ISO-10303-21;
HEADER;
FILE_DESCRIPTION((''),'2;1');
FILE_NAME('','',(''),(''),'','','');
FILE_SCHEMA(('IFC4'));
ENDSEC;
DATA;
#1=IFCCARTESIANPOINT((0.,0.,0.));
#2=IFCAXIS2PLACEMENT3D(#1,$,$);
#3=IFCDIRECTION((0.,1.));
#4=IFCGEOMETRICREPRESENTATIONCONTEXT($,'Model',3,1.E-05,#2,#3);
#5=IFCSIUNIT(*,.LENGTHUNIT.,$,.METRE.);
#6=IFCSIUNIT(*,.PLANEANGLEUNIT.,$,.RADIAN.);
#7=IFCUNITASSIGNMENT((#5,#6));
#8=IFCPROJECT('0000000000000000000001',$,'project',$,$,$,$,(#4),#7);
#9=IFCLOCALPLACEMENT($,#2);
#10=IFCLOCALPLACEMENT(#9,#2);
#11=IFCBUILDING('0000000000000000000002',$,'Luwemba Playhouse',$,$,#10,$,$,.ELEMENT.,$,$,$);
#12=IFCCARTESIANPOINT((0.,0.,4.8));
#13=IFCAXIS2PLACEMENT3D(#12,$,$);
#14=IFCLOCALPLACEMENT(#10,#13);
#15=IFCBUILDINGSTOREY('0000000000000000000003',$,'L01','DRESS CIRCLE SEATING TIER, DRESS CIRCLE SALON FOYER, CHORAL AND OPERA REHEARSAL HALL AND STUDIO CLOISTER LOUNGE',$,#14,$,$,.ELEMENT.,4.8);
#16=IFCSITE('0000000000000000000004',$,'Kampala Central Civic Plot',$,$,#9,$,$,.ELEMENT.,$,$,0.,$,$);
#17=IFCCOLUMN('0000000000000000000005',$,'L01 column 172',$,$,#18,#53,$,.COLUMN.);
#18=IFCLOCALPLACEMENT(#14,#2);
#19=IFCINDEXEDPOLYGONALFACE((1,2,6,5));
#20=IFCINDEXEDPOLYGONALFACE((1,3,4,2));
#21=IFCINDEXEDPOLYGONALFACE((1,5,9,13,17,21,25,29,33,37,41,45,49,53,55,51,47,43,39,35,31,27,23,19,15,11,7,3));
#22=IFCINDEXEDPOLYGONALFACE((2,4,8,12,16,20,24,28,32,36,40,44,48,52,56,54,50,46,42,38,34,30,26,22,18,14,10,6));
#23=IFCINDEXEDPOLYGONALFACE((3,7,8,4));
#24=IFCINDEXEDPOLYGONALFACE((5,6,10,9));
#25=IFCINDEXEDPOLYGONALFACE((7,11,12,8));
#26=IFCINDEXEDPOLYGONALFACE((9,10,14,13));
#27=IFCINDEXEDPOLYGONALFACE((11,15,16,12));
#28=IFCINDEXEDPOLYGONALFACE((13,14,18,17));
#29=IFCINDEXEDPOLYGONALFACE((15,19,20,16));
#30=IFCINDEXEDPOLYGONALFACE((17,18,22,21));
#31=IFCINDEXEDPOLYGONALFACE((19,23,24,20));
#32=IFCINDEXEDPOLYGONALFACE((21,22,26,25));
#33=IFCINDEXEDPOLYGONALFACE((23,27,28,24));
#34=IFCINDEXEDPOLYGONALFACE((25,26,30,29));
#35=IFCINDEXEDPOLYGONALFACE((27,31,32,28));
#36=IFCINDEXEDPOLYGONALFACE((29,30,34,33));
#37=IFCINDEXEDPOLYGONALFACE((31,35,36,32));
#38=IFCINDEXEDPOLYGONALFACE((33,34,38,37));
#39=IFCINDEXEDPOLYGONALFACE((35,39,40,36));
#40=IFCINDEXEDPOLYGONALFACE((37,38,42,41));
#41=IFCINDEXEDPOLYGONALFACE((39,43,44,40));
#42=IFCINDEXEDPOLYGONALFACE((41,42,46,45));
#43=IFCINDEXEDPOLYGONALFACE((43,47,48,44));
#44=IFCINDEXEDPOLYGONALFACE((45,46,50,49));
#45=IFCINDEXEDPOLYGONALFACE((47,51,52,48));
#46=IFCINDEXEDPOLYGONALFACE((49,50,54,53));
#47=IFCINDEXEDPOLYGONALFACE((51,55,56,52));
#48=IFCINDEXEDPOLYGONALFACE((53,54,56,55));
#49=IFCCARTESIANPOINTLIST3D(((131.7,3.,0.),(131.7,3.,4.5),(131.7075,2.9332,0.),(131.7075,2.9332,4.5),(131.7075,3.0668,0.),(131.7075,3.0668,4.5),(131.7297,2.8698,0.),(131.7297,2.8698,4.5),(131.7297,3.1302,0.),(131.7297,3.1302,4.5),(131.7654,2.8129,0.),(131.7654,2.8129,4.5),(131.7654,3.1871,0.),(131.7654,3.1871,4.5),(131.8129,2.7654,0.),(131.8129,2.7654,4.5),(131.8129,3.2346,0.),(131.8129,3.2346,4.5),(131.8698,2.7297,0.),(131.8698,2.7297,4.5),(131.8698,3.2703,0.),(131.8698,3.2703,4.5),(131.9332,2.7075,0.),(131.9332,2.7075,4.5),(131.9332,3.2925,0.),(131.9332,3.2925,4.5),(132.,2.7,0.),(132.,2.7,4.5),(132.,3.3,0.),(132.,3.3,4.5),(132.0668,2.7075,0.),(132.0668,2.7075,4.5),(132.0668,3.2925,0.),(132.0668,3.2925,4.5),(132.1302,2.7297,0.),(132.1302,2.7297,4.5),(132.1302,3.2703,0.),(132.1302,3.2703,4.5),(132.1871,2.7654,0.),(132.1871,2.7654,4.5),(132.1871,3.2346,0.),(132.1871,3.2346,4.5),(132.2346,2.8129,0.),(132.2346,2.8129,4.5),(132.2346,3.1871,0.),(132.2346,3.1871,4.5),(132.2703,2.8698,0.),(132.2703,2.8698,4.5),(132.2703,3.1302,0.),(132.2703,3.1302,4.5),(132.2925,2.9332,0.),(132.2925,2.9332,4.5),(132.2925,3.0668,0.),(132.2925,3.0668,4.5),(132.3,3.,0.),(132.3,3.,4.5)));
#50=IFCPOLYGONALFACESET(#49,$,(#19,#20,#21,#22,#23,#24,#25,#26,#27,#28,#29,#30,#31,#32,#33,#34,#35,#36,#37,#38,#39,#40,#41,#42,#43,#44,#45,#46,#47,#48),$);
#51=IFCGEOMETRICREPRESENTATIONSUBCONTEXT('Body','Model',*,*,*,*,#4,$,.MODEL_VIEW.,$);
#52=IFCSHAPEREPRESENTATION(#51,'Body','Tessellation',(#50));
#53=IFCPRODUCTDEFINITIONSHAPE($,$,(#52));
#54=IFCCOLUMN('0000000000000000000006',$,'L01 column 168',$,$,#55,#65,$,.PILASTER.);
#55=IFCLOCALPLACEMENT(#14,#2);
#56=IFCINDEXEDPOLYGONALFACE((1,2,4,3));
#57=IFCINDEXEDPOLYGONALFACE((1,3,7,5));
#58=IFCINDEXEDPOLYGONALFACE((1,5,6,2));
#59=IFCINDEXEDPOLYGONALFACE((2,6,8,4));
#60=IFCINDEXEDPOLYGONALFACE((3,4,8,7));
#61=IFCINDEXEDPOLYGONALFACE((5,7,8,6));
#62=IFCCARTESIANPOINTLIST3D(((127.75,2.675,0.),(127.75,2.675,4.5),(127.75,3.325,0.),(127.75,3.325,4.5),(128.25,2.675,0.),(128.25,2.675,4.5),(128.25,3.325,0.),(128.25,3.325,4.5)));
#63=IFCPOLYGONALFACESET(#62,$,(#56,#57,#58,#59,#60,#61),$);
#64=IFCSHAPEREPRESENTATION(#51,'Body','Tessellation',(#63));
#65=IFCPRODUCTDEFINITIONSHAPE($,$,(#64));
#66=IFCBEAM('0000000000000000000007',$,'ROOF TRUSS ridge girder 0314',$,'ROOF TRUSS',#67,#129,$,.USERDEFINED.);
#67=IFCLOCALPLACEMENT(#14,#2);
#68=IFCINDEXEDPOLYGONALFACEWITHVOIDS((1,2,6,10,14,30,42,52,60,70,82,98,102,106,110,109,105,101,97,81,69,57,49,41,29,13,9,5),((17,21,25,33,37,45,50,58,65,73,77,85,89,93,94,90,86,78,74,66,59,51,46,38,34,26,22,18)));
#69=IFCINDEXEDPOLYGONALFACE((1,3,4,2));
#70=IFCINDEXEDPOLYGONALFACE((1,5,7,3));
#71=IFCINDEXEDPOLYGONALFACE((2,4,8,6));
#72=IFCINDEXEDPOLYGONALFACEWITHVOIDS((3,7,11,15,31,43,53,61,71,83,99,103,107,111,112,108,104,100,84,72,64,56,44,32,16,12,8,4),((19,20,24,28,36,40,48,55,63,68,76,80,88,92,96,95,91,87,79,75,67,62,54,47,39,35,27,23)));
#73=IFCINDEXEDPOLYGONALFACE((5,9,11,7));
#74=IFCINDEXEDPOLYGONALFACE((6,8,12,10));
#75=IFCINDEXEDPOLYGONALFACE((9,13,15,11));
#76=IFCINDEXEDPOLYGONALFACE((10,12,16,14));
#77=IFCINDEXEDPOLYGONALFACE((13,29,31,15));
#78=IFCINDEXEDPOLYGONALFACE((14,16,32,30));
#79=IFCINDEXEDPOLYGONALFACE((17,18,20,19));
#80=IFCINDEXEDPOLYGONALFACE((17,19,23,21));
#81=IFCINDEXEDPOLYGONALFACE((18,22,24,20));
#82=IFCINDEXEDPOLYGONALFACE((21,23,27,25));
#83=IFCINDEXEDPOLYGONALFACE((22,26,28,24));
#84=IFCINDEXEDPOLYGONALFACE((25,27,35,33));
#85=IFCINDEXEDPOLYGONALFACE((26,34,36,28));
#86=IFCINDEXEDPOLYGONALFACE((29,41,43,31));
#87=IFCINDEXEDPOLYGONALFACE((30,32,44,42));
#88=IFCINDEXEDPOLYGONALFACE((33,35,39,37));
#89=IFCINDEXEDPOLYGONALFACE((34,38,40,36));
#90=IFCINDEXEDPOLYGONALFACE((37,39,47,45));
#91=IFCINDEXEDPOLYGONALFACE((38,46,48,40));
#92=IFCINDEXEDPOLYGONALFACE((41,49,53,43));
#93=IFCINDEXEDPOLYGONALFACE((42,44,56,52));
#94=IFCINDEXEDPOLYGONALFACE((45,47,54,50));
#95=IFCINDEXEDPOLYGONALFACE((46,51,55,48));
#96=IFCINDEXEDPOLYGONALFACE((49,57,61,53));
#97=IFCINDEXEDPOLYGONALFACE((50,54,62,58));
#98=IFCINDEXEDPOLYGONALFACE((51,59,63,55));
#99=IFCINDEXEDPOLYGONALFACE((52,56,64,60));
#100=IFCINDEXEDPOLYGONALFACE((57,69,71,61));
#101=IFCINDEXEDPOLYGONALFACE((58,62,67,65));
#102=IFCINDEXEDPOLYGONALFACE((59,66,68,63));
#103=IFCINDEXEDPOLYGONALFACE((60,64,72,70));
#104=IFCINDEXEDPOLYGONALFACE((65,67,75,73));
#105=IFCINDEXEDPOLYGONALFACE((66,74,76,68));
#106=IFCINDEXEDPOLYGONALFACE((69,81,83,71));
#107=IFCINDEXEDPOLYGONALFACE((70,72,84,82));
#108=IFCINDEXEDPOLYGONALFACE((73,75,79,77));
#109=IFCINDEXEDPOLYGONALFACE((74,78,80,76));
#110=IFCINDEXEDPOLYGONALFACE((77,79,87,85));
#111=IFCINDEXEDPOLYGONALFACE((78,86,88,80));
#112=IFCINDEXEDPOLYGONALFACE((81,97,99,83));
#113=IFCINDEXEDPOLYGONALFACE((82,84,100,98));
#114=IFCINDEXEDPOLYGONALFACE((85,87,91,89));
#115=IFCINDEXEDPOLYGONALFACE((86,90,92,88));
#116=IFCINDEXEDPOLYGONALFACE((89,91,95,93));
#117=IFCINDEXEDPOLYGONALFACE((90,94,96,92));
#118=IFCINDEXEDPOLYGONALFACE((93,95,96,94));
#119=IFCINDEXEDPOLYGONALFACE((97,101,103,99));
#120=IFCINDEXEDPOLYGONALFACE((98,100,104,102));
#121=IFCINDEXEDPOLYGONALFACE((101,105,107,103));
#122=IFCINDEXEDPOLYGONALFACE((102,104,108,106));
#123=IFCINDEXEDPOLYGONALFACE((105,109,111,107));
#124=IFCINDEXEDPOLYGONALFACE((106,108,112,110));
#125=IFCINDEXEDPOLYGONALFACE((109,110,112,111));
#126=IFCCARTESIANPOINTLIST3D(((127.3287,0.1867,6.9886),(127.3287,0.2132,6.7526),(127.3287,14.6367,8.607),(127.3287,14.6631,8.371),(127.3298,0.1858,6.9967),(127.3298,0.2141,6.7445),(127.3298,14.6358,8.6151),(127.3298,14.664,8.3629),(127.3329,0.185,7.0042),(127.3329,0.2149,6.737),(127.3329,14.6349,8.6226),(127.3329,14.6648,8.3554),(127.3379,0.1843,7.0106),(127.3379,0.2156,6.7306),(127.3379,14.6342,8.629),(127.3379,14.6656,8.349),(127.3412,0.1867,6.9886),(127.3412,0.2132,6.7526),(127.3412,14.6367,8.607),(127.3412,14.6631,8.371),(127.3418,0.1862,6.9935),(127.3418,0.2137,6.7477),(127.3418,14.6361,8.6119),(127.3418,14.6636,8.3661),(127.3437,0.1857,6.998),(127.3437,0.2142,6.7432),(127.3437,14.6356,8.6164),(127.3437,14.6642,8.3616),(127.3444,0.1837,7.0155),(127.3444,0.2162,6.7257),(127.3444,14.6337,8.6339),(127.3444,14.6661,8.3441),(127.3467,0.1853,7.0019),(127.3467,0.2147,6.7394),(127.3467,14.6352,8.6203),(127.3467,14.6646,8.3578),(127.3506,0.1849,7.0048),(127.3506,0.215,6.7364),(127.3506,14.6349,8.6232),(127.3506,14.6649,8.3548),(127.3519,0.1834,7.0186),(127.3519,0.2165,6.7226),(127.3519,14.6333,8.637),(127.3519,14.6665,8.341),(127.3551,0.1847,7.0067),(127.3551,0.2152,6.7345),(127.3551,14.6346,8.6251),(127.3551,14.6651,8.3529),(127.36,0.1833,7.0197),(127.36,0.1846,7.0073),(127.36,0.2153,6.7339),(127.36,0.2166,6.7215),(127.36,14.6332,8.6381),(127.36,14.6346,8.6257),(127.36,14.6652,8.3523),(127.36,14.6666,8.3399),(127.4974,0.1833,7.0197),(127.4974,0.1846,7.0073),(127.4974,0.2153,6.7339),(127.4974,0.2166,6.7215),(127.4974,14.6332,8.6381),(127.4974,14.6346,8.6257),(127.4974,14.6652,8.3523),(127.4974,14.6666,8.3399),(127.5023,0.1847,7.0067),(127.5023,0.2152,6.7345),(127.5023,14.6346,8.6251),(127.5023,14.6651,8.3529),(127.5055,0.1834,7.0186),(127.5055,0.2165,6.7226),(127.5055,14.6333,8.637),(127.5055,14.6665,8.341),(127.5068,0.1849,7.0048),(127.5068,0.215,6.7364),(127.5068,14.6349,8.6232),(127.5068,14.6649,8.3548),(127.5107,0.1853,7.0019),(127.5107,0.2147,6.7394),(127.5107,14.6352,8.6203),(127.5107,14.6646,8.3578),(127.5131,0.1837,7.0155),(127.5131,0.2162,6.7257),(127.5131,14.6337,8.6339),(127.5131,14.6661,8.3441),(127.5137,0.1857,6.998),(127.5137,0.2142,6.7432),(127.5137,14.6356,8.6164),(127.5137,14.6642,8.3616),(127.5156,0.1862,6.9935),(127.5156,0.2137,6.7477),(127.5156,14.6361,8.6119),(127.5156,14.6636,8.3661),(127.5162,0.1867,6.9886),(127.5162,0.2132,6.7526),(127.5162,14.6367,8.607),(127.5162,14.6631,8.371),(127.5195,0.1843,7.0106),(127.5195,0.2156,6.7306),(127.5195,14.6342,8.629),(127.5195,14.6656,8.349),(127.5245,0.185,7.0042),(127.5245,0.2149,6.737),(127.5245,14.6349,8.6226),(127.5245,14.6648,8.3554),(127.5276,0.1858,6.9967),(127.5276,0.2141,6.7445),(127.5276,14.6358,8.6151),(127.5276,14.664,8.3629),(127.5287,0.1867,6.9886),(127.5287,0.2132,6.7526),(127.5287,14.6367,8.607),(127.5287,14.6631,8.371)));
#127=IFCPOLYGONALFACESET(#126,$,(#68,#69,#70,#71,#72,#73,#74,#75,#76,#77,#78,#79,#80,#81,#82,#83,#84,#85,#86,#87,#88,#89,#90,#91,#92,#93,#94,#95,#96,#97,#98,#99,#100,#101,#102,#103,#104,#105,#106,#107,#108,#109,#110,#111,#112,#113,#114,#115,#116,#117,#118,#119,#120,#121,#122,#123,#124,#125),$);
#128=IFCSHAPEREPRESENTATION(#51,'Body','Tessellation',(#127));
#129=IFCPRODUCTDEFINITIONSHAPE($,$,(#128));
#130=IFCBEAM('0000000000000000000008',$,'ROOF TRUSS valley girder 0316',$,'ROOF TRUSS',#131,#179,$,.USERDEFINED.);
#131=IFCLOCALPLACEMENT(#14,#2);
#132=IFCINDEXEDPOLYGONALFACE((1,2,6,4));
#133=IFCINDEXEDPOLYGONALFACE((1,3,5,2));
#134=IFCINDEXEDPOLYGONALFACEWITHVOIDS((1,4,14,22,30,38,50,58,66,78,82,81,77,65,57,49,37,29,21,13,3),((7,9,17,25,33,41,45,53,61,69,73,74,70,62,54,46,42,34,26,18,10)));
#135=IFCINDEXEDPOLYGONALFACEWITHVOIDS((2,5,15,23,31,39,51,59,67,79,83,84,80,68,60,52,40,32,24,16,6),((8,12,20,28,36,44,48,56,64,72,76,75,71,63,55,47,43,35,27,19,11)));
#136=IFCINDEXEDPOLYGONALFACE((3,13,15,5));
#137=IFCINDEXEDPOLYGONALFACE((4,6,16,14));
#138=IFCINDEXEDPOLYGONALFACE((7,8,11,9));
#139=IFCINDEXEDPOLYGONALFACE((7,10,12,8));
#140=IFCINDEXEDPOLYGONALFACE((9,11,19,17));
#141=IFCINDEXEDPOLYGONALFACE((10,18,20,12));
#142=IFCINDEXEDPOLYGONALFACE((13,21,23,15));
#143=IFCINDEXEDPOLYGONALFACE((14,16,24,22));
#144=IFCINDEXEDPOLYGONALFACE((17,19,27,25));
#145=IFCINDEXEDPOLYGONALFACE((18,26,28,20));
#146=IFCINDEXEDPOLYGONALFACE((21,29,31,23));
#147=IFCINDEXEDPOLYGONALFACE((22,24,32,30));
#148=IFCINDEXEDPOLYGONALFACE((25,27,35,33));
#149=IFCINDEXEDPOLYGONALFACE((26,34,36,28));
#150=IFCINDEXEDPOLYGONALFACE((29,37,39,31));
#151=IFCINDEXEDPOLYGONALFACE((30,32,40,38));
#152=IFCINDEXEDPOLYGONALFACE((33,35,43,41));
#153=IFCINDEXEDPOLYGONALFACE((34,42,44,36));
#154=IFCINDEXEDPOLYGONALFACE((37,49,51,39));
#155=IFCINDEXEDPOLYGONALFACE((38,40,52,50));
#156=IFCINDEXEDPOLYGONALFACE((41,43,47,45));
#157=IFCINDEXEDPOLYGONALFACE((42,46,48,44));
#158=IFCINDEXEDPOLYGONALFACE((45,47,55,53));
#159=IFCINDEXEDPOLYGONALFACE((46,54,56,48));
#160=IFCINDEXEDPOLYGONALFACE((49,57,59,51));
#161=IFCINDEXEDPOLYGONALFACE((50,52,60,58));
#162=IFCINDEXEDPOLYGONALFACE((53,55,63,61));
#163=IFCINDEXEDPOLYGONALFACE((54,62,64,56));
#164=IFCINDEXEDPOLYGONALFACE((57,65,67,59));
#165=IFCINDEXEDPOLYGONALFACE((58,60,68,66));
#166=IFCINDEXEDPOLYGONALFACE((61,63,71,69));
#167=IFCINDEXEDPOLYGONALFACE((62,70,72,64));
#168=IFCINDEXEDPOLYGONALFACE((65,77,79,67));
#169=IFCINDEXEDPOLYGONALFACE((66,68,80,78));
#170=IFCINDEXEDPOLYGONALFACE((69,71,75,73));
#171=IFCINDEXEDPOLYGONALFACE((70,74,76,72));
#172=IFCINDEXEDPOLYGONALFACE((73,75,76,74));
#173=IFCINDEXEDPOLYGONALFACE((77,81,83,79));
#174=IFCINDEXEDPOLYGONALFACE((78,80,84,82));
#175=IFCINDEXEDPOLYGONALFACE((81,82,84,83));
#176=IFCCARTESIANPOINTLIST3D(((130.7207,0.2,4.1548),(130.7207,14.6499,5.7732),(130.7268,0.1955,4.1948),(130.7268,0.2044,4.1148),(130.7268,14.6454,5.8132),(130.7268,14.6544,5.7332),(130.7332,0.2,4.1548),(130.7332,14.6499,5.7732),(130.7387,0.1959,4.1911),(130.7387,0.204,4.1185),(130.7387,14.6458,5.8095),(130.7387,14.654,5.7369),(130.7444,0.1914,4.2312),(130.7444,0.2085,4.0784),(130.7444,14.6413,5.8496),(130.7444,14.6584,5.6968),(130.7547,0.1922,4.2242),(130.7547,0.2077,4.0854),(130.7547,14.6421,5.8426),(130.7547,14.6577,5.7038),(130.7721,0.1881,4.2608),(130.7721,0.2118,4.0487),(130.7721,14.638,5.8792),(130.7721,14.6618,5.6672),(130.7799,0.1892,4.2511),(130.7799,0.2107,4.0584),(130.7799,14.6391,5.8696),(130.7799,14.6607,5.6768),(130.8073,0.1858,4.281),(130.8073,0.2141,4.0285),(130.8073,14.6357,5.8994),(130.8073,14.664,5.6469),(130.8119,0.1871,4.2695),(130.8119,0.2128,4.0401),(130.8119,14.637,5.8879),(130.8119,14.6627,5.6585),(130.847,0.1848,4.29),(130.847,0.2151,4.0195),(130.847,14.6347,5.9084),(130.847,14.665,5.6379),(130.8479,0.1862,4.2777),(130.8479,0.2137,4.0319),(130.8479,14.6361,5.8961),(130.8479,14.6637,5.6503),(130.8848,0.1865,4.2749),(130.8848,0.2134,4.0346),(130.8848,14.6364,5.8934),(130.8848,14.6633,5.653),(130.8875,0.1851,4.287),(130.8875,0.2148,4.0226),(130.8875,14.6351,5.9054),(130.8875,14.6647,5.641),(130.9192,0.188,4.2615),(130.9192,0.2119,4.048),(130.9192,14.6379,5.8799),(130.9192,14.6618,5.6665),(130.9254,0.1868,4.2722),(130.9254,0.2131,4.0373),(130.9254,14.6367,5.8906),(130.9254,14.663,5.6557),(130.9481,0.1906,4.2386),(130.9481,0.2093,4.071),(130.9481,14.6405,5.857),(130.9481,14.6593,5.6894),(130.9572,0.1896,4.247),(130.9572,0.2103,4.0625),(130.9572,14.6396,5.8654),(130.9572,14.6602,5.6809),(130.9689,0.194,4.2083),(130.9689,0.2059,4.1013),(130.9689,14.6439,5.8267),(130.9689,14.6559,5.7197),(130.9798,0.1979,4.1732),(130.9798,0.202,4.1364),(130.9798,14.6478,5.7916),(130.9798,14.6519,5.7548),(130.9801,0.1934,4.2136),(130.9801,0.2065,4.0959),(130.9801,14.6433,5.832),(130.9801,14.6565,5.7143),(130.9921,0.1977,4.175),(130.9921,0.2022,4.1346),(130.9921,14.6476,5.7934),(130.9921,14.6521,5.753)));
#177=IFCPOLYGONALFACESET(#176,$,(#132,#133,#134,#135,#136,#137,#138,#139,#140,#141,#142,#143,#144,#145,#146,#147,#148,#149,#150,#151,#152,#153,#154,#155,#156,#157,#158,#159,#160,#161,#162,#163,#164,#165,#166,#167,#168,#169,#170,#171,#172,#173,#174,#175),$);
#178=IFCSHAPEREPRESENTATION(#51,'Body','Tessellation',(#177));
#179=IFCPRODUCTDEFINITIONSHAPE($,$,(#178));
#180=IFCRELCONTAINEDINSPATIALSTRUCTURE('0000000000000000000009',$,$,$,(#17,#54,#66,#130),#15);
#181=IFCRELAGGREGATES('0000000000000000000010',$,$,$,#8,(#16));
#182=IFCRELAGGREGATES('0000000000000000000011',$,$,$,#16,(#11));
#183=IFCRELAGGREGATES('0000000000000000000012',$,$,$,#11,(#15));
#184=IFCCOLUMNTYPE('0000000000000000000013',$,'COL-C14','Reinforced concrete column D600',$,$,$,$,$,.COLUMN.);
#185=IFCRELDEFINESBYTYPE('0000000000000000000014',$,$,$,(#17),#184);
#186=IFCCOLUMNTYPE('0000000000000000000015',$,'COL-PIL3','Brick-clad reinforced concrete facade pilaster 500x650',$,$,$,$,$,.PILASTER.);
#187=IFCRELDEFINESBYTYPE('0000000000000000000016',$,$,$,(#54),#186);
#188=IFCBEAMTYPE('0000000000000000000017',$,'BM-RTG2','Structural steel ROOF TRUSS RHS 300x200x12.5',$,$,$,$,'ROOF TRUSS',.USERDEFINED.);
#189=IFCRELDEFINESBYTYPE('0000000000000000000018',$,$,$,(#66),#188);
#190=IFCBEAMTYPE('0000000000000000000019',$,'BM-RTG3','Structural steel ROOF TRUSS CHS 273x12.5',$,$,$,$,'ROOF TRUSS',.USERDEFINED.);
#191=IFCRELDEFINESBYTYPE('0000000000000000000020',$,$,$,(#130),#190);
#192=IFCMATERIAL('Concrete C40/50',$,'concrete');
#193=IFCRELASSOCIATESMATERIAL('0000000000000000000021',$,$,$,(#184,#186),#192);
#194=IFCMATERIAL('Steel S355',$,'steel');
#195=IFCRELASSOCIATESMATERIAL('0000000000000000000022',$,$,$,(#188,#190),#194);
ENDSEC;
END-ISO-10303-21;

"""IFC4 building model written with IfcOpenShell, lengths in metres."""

from ifc_helpers import new_model, si_unit, direction, frame, origin, origin_2d, place, context, subcontext, project, spatial, rectangle, hollow_rectangle, circle, hollow_circle, extrude, material, material_profile, profile_set, type_object, element, save


model = new_model("IFC4")

# Units and contexts
model_context = context("Model", 3, precision=1e-05, world=origin(), true_north=direction((0.0, 1.0)))
body_context = subcontext(model_context, "Body", "Model", "MODEL_VIEW")
ifc_project = project(units=[si_unit("LENGTHUNIT", "METRE"), si_unit("PLANEANGLEUNIT", "RADIAN")], contexts=[model_context])

# Site, building, storey
site_placement = place(None, origin())
site = spatial("IfcSite", under=ifc_project, at=site_placement, Name="Kampala Central Civic Plot", CompositionType="ELEMENT", RefElevation=0.0)
building_placement = place(site_placement, origin())
building = spatial("IfcBuilding", under=site, at=building_placement, Name="Luwemba Playhouse", CompositionType="ELEMENT")
storey_placement = place(building_placement, frame((0.0, 0.0, 4.8)))
storey = spatial("IfcBuildingStorey", under=building, at=storey_placement, Name="L01", Description="DRESS CIRCLE SEATING TIER, DRESS CIRCLE SALON FOYER, CHORAL AND OPERA REHEARSAL HALL AND STUDIO CLOISTER LOUNGE", CompositionType="ELEMENT", Elevation=4.8)

# Columns
ifc_material_1 = material(Name="Concrete C40/50", Category="concrete")
ifc_material_profile_1 = material_profile(ifc_material_1, circle(Radius=0.3, at=origin_2d()))
ifc_profile_set_1 = profile_set([ifc_material_profile_1], Name="Concrete C40/50")
column_type_1 = type_object("IfcColumnType", Name="COL-C14", Description="Reinforced concrete column D600", PredefinedType="COLUMN", material=ifc_profile_set_1)
column_1_placement = place(storey_placement, frame((132.0, 3.0, 0.0), z_axis=(0.0, 0.0, 1.0), x_axis=(1.0, 0.0, 0.0)))
element("IfcColumn", 1, at=column_1_placement, inside=storey, type_object=column_type_1, Name="L01 column 172", PredefinedType="COLUMN", context=body_context, shape_type="SweptSolid", body=[
    extrude(circle(Radius=0.3, at=origin_2d()), origin(), (0.0, 0.0, 1.0), 4.5),
])
ifc_material_profile_2 = material_profile(ifc_material_1, rectangle(XDim=0.5, YDim=0.6499, at=origin_2d()))
ifc_profile_set_2 = profile_set([ifc_material_profile_2], Name="Concrete C40/50")
column_type_2 = type_object("IfcColumnType", Name="COL-PIL3", Description="Brick-clad reinforced concrete facade pilaster 500x650", PredefinedType="PILASTER", material=ifc_profile_set_2)
column_2_placement = place(storey_placement, frame((128.0, 3.0, 0.0), z_axis=(0.0, 0.0, 1.0), x_axis=(1.0, 0.0, 0.0)))
element("IfcColumn", 2, at=column_2_placement, inside=storey, type_object=column_type_2, Name="L01 column 168", PredefinedType="PILASTER", context=body_context, shape_type="SweptSolid", body=[
    extrude(rectangle(XDim=0.5, YDim=0.6499, at=origin_2d()), origin(), (0.0, 0.0, 1.0), 4.5),
])

# Beams
ifc_material_2 = material(Name="Steel S355", Category="steel")
ifc_material_profile_3 = material_profile(ifc_material_2, hollow_rectangle(XDim=0.2, YDim=0.3, WallThickness=0.0125, InnerFilletRadius=0.0188, OuterFilletRadius=0.0312, at=origin_2d()))
ifc_profile_set_3 = profile_set([ifc_material_profile_3], Name="Steel S355")
beam_type_1 = type_object("IfcBeamType", Name="BM-RTG2", Description="Structural steel ROOF TRUSS RHS 300x200x12.5", ElementType="ROOF TRUSS", PredefinedType="USERDEFINED", material=ifc_profile_set_3)
beam_1_placement = place(storey_placement, frame((127.4287, 0.2, 6.8706), z_axis=(0.0, 0.993786, 0.111305), x_axis=(-1.0, 0.0, 0.0)))
element("IfcBeam", 3, at=beam_1_placement, inside=storey, type_object=beam_type_1, Name="ROOF TRUSS ridge girder 0314", ObjectType="ROOF TRUSS", PredefinedType="USERDEFINED", context=body_context, shape_type="SweptSolid", body=[
    extrude(hollow_rectangle(XDim=0.2, YDim=0.3, WallThickness=0.0125, InnerFilletRadius=0.0188, OuterFilletRadius=0.0312, at=origin_2d()), origin(), (0.0, 0.0, 1.0), 14.5403),
])
ifc_material_profile_4 = material_profile(ifc_material_2, hollow_circle(Radius=0.1365, WallThickness=0.0125, at=origin_2d()))
ifc_profile_set_4 = profile_set([ifc_material_profile_4], Name="Steel S355")
beam_type_2 = type_object("IfcBeamType", Name="BM-RTG3", Description="Structural steel ROOF TRUSS CHS 273x12.5", ElementType="ROOF TRUSS", PredefinedType="USERDEFINED", material=ifc_profile_set_4)
beam_2_placement = place(storey_placement, frame((130.8572, 0.2, 4.1548), z_axis=(0.0, 0.993786, 0.111305), x_axis=(-1.0, 0.0, 0.0)))
element("IfcBeam", 4, at=beam_2_placement, inside=storey, type_object=beam_type_2, Name="ROOF TRUSS valley girder 0316", ObjectType="ROOF TRUSS", PredefinedType="USERDEFINED", context=body_context, shape_type="SweptSolid", body=[
    extrude(hollow_circle(Radius=0.1365, WallThickness=0.0125, at=origin_2d()), origin(), (0.0, 0.0, 1.0), 14.5403),
])

save(model, "model.ifc")
